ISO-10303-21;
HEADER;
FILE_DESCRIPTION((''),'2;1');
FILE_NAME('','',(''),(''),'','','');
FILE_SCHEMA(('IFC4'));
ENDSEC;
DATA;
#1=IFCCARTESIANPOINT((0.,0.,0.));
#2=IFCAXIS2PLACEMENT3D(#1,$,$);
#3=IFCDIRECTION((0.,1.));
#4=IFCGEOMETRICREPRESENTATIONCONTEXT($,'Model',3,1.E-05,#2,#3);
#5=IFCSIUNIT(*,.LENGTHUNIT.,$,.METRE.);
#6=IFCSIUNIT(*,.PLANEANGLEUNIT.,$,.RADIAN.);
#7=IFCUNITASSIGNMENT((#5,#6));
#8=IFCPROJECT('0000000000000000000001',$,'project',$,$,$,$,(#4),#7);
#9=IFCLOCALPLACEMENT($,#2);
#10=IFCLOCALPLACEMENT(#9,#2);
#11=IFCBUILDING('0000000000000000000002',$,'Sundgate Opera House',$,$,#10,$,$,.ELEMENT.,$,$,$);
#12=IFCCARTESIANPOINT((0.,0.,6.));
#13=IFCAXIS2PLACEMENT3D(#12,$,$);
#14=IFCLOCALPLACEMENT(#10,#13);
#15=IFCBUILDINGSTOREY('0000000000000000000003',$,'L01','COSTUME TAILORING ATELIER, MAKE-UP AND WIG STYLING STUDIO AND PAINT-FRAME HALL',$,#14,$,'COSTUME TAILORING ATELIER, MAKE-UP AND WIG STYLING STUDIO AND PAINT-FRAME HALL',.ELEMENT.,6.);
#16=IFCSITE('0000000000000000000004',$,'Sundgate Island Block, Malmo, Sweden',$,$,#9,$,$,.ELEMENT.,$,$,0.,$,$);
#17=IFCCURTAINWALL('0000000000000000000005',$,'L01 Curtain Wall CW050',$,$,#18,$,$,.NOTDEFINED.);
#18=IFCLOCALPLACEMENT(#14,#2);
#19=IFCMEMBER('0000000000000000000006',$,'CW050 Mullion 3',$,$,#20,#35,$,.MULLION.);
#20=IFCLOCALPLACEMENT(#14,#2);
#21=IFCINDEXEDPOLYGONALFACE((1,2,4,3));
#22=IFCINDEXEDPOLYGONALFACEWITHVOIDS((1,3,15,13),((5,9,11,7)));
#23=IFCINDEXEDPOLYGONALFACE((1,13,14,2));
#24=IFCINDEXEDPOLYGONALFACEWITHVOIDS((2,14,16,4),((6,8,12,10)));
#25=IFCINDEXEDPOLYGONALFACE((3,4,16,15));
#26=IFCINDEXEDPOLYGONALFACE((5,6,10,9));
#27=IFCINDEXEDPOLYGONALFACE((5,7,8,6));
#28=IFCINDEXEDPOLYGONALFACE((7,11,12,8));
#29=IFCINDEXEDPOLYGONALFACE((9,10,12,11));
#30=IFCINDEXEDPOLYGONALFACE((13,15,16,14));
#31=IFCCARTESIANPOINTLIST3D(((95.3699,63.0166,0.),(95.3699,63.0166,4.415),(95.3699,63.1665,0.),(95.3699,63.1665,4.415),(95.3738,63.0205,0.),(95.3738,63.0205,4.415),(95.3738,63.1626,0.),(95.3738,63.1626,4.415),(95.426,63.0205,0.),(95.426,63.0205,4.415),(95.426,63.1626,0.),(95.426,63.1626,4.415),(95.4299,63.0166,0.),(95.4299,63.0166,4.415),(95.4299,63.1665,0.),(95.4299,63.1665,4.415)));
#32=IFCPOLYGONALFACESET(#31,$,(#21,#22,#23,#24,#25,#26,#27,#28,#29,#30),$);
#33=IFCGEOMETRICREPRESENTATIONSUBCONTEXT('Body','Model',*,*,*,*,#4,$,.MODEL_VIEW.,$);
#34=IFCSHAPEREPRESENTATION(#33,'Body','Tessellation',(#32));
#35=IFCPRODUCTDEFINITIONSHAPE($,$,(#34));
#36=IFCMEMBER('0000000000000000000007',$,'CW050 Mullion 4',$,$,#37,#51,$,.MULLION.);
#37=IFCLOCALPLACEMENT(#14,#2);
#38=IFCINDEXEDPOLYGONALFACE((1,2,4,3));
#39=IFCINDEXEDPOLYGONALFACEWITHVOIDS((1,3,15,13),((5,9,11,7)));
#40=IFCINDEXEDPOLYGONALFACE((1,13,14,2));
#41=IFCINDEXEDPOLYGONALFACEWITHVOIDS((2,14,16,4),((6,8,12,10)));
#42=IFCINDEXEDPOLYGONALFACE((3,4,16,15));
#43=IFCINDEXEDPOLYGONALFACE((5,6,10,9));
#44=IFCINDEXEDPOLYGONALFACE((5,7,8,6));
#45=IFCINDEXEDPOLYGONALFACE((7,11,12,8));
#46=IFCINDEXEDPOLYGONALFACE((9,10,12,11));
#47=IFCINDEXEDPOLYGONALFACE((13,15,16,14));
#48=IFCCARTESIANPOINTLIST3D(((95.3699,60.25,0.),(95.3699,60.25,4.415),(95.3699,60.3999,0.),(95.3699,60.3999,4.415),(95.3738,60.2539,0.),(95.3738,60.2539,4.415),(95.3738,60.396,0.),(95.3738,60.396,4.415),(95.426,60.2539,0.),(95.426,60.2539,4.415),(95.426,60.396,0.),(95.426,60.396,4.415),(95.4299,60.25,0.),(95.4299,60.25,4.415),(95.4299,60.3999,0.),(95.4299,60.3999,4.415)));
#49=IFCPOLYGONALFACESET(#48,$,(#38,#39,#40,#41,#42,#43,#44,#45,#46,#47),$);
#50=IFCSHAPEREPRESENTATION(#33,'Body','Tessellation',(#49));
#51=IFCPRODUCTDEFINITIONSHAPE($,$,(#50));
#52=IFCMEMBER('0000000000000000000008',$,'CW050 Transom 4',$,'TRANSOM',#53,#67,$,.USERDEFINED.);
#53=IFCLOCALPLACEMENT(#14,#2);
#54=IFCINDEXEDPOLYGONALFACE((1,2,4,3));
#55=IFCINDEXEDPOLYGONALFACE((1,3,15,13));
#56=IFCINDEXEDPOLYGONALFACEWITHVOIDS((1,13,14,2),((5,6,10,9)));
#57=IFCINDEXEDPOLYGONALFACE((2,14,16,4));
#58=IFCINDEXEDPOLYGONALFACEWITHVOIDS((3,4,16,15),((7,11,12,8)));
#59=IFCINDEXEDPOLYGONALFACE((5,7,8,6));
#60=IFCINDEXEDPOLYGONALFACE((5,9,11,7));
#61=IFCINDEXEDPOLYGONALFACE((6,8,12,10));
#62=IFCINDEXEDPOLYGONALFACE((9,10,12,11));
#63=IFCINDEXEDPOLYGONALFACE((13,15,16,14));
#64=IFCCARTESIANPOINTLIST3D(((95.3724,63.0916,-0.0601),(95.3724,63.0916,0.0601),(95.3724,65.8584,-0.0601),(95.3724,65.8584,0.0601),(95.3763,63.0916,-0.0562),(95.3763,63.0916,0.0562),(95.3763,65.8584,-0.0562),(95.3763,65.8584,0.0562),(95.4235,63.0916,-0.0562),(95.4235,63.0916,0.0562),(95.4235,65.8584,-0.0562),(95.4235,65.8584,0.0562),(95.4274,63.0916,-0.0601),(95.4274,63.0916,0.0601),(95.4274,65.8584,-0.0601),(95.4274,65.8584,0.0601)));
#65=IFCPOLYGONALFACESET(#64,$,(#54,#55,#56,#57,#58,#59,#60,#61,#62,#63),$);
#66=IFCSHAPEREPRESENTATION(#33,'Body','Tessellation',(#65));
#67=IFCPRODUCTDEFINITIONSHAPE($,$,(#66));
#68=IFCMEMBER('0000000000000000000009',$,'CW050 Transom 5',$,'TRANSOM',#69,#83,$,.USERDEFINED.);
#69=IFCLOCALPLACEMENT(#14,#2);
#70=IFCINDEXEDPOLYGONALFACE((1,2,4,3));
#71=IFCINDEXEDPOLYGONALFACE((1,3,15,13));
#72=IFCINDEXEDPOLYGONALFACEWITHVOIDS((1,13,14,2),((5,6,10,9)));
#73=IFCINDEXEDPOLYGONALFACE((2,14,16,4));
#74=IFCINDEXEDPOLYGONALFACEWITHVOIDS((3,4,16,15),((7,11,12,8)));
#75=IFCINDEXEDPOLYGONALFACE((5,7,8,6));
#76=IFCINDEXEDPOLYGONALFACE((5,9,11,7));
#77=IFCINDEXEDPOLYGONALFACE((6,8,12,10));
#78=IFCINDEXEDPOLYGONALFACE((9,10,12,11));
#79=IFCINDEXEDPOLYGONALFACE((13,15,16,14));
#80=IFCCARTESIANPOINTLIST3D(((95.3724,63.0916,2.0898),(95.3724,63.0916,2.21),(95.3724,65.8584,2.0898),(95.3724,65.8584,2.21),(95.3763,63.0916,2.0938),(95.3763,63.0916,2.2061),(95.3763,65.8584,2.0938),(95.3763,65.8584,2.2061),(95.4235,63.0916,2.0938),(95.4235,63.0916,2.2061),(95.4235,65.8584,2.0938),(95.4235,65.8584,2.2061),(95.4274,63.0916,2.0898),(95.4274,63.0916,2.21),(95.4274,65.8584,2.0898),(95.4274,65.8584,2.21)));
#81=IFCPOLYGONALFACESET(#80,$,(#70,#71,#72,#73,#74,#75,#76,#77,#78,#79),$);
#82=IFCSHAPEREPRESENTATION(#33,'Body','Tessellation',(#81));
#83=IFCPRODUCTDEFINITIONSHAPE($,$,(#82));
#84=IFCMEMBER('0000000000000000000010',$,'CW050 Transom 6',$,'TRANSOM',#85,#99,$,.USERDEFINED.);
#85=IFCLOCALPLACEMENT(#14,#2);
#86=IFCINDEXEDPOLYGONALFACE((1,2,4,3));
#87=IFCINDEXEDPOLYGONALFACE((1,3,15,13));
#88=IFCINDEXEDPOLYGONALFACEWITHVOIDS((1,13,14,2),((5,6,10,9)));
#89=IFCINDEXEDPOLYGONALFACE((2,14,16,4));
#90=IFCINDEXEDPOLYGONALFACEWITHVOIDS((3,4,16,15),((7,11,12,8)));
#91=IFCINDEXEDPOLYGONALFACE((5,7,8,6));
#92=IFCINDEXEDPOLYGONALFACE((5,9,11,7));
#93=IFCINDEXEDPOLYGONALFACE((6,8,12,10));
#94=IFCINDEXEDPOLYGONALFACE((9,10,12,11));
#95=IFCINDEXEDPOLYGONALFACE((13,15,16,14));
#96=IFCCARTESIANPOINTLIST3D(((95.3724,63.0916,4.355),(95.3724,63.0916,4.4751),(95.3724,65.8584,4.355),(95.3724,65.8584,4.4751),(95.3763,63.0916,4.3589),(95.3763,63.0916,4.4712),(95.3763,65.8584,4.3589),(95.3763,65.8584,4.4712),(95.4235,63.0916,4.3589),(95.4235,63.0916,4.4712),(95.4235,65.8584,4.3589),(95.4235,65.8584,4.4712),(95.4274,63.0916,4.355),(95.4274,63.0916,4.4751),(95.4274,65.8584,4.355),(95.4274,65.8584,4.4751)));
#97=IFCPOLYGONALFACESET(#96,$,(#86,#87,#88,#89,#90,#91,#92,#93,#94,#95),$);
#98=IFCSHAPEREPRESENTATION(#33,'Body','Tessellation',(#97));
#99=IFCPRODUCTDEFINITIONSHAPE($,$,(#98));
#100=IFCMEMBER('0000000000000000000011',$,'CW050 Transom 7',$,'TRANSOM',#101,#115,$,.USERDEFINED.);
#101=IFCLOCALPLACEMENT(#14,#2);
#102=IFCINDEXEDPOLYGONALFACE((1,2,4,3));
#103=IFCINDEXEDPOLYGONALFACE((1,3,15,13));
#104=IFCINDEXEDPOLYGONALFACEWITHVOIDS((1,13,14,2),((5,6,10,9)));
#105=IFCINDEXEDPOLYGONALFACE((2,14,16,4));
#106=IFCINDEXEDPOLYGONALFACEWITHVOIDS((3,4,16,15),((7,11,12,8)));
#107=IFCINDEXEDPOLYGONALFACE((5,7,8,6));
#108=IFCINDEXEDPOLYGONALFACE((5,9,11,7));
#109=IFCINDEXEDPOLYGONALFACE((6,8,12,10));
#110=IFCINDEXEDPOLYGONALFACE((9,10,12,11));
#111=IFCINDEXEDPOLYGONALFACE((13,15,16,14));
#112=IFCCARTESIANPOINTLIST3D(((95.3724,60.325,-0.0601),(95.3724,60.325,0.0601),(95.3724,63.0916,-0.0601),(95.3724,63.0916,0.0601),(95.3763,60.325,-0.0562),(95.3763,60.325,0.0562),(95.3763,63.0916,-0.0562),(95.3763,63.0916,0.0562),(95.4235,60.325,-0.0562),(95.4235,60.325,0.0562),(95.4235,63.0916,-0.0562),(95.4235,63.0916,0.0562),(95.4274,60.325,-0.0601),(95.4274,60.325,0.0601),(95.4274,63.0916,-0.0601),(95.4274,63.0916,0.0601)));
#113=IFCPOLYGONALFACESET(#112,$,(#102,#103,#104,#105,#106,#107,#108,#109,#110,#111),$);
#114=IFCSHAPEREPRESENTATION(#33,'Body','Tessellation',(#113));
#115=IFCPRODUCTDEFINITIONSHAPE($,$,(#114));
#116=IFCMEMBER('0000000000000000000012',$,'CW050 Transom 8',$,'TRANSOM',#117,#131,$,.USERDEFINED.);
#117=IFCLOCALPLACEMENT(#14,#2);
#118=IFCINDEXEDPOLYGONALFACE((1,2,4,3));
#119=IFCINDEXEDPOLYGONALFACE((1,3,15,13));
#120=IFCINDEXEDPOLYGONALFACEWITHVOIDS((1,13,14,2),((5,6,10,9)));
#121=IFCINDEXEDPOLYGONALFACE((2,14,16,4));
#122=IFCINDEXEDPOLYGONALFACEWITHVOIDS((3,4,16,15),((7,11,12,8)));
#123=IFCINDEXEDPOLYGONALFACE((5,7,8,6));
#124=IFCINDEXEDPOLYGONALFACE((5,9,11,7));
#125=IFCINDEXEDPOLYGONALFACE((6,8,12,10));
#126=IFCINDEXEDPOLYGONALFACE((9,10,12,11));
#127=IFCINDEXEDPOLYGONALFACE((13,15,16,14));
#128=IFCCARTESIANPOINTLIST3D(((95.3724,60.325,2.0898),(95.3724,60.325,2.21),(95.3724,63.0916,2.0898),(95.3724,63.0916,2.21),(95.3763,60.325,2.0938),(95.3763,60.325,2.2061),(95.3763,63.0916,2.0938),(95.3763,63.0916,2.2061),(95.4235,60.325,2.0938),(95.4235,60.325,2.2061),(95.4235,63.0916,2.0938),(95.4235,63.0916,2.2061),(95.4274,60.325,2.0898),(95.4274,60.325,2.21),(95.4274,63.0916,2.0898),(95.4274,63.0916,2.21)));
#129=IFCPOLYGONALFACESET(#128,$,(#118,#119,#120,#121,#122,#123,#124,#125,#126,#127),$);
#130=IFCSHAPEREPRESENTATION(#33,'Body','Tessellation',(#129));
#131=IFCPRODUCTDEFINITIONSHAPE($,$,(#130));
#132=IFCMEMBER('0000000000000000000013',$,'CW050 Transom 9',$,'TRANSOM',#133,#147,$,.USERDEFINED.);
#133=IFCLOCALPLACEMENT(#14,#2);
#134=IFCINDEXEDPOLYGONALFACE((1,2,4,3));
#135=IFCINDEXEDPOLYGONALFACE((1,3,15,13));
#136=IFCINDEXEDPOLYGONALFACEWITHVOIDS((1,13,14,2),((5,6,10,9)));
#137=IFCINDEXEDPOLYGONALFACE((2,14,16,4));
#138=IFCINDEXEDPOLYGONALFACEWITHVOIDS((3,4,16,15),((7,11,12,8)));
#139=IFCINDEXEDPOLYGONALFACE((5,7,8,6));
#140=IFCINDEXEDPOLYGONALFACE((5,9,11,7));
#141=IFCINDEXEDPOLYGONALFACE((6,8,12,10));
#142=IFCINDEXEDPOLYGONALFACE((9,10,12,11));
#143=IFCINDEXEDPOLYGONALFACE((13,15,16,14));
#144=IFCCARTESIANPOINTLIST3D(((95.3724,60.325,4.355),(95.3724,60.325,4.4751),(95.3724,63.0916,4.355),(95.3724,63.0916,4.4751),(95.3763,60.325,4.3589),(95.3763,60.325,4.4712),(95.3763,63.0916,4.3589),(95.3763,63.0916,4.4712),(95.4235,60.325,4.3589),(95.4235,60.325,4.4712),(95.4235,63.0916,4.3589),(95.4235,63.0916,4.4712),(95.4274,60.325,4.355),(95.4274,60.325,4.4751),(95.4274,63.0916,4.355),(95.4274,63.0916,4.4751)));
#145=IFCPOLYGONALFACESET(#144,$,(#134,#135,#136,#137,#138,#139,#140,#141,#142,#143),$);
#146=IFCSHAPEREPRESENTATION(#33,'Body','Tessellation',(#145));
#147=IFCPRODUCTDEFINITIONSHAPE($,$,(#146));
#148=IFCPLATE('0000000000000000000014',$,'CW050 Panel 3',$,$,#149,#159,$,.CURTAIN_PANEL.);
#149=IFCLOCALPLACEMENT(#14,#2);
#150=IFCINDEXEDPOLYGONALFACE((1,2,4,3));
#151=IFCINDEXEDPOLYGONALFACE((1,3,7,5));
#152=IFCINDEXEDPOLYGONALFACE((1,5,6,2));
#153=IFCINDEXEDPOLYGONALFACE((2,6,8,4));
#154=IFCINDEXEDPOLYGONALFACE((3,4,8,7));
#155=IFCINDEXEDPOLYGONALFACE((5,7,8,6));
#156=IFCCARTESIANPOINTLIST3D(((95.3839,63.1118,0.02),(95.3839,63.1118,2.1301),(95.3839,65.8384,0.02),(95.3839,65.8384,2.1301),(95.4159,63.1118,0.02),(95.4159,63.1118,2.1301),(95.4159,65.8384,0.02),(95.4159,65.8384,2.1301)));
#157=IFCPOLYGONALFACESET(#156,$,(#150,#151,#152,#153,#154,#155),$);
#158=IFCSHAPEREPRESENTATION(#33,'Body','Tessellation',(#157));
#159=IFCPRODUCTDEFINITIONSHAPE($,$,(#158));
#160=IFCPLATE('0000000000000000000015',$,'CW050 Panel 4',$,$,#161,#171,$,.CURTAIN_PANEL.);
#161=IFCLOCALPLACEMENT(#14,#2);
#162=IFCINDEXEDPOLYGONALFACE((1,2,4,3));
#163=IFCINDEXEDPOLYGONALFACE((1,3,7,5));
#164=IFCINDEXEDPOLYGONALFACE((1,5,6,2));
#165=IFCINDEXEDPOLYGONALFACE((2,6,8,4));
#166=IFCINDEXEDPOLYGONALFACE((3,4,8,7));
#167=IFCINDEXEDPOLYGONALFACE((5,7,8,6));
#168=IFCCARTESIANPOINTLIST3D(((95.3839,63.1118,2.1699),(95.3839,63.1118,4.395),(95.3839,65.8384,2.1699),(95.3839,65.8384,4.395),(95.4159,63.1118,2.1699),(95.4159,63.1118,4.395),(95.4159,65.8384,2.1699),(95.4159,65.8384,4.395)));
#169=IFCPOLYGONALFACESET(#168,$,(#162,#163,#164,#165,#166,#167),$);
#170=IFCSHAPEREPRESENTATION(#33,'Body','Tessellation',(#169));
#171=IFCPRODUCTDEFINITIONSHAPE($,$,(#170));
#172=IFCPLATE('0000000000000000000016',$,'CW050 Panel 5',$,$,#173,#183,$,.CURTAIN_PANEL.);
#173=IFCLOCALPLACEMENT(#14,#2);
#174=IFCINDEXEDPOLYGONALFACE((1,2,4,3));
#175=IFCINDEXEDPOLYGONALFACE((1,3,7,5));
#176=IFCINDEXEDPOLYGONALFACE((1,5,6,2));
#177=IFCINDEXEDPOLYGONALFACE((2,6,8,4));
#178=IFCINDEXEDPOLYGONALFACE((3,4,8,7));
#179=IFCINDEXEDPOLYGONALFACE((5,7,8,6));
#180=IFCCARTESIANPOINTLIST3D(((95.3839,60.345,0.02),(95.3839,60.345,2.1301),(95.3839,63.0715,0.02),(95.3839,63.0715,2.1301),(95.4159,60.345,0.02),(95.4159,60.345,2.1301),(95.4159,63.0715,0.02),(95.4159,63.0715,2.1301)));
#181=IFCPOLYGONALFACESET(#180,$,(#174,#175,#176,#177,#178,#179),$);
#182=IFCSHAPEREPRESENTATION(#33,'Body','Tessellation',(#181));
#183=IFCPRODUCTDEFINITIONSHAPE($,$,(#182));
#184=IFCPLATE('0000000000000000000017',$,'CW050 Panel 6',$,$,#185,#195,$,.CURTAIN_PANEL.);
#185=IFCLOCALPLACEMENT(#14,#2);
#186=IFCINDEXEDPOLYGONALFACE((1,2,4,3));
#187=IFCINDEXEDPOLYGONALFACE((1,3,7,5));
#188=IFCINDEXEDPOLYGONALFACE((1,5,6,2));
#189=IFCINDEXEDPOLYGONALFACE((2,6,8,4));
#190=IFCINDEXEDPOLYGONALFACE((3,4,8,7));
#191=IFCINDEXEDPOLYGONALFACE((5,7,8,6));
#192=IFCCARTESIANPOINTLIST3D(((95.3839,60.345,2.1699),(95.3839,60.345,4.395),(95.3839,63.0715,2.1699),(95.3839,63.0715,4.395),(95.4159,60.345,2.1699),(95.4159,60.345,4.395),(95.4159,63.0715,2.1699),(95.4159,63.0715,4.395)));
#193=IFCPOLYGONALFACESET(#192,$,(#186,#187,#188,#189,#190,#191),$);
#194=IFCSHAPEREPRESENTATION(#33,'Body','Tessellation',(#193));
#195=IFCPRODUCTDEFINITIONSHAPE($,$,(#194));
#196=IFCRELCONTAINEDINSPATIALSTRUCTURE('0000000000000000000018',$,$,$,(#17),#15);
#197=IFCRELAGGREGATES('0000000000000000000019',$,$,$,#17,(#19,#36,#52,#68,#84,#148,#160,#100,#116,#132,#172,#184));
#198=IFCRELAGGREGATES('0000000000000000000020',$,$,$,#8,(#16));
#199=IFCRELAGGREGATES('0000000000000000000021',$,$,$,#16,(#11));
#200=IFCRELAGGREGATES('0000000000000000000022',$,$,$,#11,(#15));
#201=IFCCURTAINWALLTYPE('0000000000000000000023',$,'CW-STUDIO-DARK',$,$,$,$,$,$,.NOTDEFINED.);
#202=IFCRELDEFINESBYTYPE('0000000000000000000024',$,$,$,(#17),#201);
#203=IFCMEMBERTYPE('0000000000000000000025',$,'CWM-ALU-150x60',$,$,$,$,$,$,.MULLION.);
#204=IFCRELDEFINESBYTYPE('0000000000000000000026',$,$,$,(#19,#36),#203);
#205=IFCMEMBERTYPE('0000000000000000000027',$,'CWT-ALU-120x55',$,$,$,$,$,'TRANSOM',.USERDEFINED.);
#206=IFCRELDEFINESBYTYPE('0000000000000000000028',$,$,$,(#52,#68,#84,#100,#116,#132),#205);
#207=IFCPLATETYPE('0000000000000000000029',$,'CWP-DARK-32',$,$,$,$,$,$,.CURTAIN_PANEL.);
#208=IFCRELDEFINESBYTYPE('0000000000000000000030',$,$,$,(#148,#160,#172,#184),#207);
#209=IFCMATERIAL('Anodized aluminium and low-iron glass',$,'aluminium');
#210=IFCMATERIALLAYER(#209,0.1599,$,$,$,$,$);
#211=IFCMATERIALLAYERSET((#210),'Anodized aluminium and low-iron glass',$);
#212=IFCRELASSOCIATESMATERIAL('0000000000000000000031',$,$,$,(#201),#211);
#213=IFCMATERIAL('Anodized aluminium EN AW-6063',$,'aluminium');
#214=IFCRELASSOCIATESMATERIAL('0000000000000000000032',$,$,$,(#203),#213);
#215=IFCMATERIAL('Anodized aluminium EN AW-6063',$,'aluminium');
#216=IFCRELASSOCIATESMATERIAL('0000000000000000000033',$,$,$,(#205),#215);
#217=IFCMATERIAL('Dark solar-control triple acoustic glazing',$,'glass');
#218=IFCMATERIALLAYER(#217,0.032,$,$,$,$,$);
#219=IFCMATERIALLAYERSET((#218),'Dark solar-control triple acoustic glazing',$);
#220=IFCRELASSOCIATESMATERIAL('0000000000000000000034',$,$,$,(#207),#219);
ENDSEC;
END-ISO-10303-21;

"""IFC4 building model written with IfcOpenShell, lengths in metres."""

from ifc_helpers import new_model, si_unit, direction, frame, origin, origin_2d, place, context, subcontext, project, spatial, rectangle, hollow_rectangle, extrude, material, layer, layer_set, material_profile, profile_set, type_object, element, aggregate, save


model = new_model("IFC4")

# Units and contexts
model_context = context("Model", 3, precision=1e-05, world=origin(), true_north=direction((0.0, 1.0)))
body_context = subcontext(model_context, "Body", "Model", "MODEL_VIEW")
ifc_project = project(units=[si_unit("LENGTHUNIT", "METRE"), si_unit("PLANEANGLEUNIT", "RADIAN")], contexts=[model_context])

# Site, building, storey
site_placement = place(None, origin())
site = spatial("IfcSite", under=ifc_project, at=site_placement, Name="Sundgate Island Block, Malmo, Sweden", CompositionType="ELEMENT", RefElevation=0.0)
building_placement = place(site_placement, origin())
building = spatial("IfcBuilding", under=site, at=building_placement, Name="Sundgate Opera House", CompositionType="ELEMENT")
storey_placement = place(building_placement, frame((0.0, 0.0, 6.0)))
storey = spatial("IfcBuildingStorey", under=building, at=storey_placement, Name="L01", Description="COSTUME TAILORING ATELIER, MAKE-UP AND WIG STYLING STUDIO AND PAINT-FRAME HALL", LongName="COSTUME TAILORING ATELIER, MAKE-UP AND WIG STYLING STUDIO AND PAINT-FRAME HALL", CompositionType="ELEMENT", Elevation=6.0)

# Curtain wall, members, plates
ifc_material_1 = material(Name="Anodized aluminium and low-iron glass", Category="aluminium")
ifc_layer_1 = layer(ifc_material_1, 0.1599)
ifc_layer_set_1 = layer_set([ifc_layer_1], Name="Anodized aluminium and low-iron glass")
curtain_wall_type = type_object("IfcCurtainWallType", Name="CW-STUDIO-DARK", PredefinedType="NOTDEFINED", material=ifc_layer_set_1)
curtain_wall_placement = place(storey_placement, origin())
curtain_wall = element("IfcCurtainWall", 1, at=curtain_wall_placement, inside=storey, type_object=curtain_wall_type, Name="L01 Curtain Wall CW050", PredefinedType="NOTDEFINED")
ifc_material_2 = material(Name="Anodized aluminium EN AW-6063", Category="aluminium")
ifc_material_profile_1 = material_profile(ifc_material_2, hollow_rectangle(XDim=0.0601, YDim=0.1499, WallThickness=0.0039, at=origin_2d()), Name="CWM 150x60x4")
ifc_profile_set_1 = profile_set([ifc_material_profile_1], Name="Anodized aluminium EN AW-6063")
member_type_1 = type_object("IfcMemberType", Name="CWM-ALU-150x60", PredefinedType="MULLION", material=ifc_profile_set_1)
member_1_placement = place(storey_placement, frame((95.3999, 63.0916, 0.0), z_axis=(0.0, 0.0, 1.0), x_axis=(1.0, 0.0, 0.0)))
member_1 = element("IfcMember", 2, at=member_1_placement, type_object=member_type_1, Name="CW050 Mullion 3", PredefinedType="MULLION", context=body_context, shape_type="SweptSolid", body=[
    extrude(hollow_rectangle(XDim=0.0601, YDim=0.1499, WallThickness=0.0039, at=origin_2d()), origin(), (0.0, 0.0, 1.0), 4.415),
])
member_2_placement = place(storey_placement, frame((95.3999, 60.325, 0.0), z_axis=(0.0, 0.0, 1.0), x_axis=(1.0, 0.0, 0.0)))
member_2 = element("IfcMember", 3, at=member_2_placement, type_object=member_type_1, Name="CW050 Mullion 4", PredefinedType="MULLION", context=body_context, shape_type="SweptSolid", body=[
    extrude(hollow_rectangle(XDim=0.0601, YDim=0.1499, WallThickness=0.0039, at=origin_2d()), origin(), (0.0, 0.0, 1.0), 4.415),
])
ifc_material_3 = material(Name="Anodized aluminium EN AW-6063", Category="aluminium")
ifc_material_profile_2 = material_profile(ifc_material_3, hollow_rectangle(XDim=0.0549, YDim=0.1201, WallThickness=0.0039, at=origin_2d()), Name="CWT 120x55x4")
ifc_profile_set_2 = profile_set([ifc_material_profile_2], Name="Anodized aluminium EN AW-6063")
member_type_2 = type_object("IfcMemberType", Name="CWT-ALU-120x55", ElementType="TRANSOM", PredefinedType="USERDEFINED", material=ifc_profile_set_2)
member_3_placement = place(storey_placement, frame((95.3999, 65.8584, 0.0), z_axis=(0.0, -1.0, 0.0), x_axis=(1.0, 0.0, 0.0)))
member_3 = element("IfcMember", 4, at=member_3_placement, type_object=member_type_2, Name="CW050 Transom 4", ObjectType="TRANSOM", PredefinedType="USERDEFINED", context=body_context, shape_type="SweptSolid", body=[
    extrude(hollow_rectangle(XDim=0.0549, YDim=0.1201, WallThickness=0.0039, at=origin_2d()), origin(), (0.0, 0.0, 1.0), 2.7668),
])
member_4_placement = place(storey_placement, frame((95.3999, 65.8584, 2.1499), z_axis=(0.0, -1.0, 0.0), x_axis=(1.0, 0.0, 0.0)))
member_4 = element("IfcMember", 5, at=member_4_placement, type_object=member_type_2, Name="CW050 Transom 5", ObjectType="TRANSOM", PredefinedType="USERDEFINED", context=body_context, shape_type="SweptSolid", body=[
    extrude(hollow_rectangle(XDim=0.0549, YDim=0.1201, WallThickness=0.0039, at=origin_2d()), origin(), (0.0, 0.0, 1.0), 2.7668),
])
member_5_placement = place(storey_placement, frame((95.3999, 65.8584, 4.415), z_axis=(0.0, -1.0, 0.0), x_axis=(1.0, 0.0, 0.0)))
member_5 = element("IfcMember", 6, at=member_5_placement, type_object=member_type_2, Name="CW050 Transom 6", ObjectType="TRANSOM", PredefinedType="USERDEFINED", context=body_context, shape_type="SweptSolid", body=[
    extrude(hollow_rectangle(XDim=0.0549, YDim=0.1201, WallThickness=0.0039, at=origin_2d()), origin(), (0.0, 0.0, 1.0), 2.7668),
])
member_6_placement = place(storey_placement, frame((95.3999, 63.0916, 0.0), z_axis=(0.0, -1.0, 0.0), x_axis=(1.0, 0.0, 0.0)))
member_6 = element("IfcMember", 7, at=member_6_placement, type_object=member_type_2, Name="CW050 Transom 7", ObjectType="TRANSOM", PredefinedType="USERDEFINED", context=body_context, shape_type="SweptSolid", body=[
    extrude(hollow_rectangle(XDim=0.0549, YDim=0.1201, WallThickness=0.0039, at=origin_2d()), origin(), (0.0, 0.0, 1.0), 2.7666),
])
member_7_placement = place(storey_placement, frame((95.3999, 63.0916, 2.1499), z_axis=(0.0, -1.0, 0.0), x_axis=(1.0, 0.0, 0.0)))
member_7 = element("IfcMember", 8, at=member_7_placement, type_object=member_type_2, Name="CW050 Transom 8", ObjectType="TRANSOM", PredefinedType="USERDEFINED", context=body_context, shape_type="SweptSolid", body=[
    extrude(hollow_rectangle(XDim=0.0549, YDim=0.1201, WallThickness=0.0039, at=origin_2d()), origin(), (0.0, 0.0, 1.0), 2.7666),
])
member_8_placement = place(storey_placement, frame((95.3999, 63.0916, 4.415), z_axis=(0.0, -1.0, 0.0), x_axis=(1.0, 0.0, 0.0)))
member_8 = element("IfcMember", 9, at=member_8_placement, type_object=member_type_2, Name="CW050 Transom 9", ObjectType="TRANSOM", PredefinedType="USERDEFINED", context=body_context, shape_type="SweptSolid", body=[
    extrude(hollow_rectangle(XDim=0.0549, YDim=0.1201, WallThickness=0.0039, at=origin_2d()), origin(), (0.0, 0.0, 1.0), 2.7666),
])
ifc_material_4 = material(Name="Dark solar-control triple acoustic glazing", Category="glass")
ifc_layer_2 = layer(ifc_material_4, 0.032)
ifc_layer_set_2 = layer_set([ifc_layer_2], Name="Dark solar-control triple acoustic glazing")
plate_type_1 = type_object("IfcPlateType", Name="CWP-DARK-32", PredefinedType="CURTAIN_PANEL", material=ifc_layer_set_2)
plate_1_placement = place(storey_placement, frame((95.3999, 64.4751, 0.02), z_axis=(0.0, 0.0, 1.0), x_axis=(0.0, -1.0, 0.0)))
plate_1 = element("IfcPlate", 10, at=plate_1_placement, type_object=plate_type_1, Name="CW050 Panel 3", PredefinedType="CURTAIN_PANEL", context=body_context, shape_type="SweptSolid", body=[
    extrude(rectangle(XDim=2.7266, YDim=0.032, at=origin_2d()), origin(), (0.0, 0.0, 1.0), 2.1101),
])
plate_2_placement = place(storey_placement, frame((95.3999, 64.4751, 2.1699), z_axis=(0.0, 0.0, 1.0), x_axis=(0.0, -1.0, 0.0)))
plate_2 = element("IfcPlate", 11, at=plate_2_placement, type_object=plate_type_1, Name="CW050 Panel 4", PredefinedType="CURTAIN_PANEL", context=body_context, shape_type="SweptSolid", body=[
    extrude(rectangle(XDim=2.7266, YDim=0.032, at=origin_2d()), origin(), (0.0, 0.0, 1.0), 2.2251),
])
plate_3_placement = place(storey_placement, frame((95.3999, 61.7083, 0.02), z_axis=(0.0, 0.0, 1.0), x_axis=(0.0, -1.0, 0.0)))
plate_3 = element("IfcPlate", 12, at=plate_3_placement, type_object=plate_type_1, Name="CW050 Panel 5", PredefinedType="CURTAIN_PANEL", context=body_context, shape_type="SweptSolid", body=[
    extrude(rectangle(XDim=2.7266, YDim=0.032, at=origin_2d()), origin(), (0.0, 0.0, 1.0), 2.1101),
])
plate_4_placement = place(storey_placement, frame((95.3999, 61.7083, 2.1699), z_axis=(0.0, 0.0, 1.0), x_axis=(0.0, -1.0, 0.0)))
plate_4 = element("IfcPlate", 13, at=plate_4_placement, type_object=plate_type_1, Name="CW050 Panel 6", PredefinedType="CURTAIN_PANEL", context=body_context, shape_type="SweptSolid", body=[
    extrude(rectangle(XDim=2.7266, YDim=0.032, at=origin_2d()), origin(), (0.0, 0.0, 1.0), 2.2251),
])
aggregate(curtain_wall, [member_1, member_2, member_3, member_4, member_5, plate_1, plate_2, member_6, member_7, member_8, plate_3, plate_4])

save(model, "model.ifc")
